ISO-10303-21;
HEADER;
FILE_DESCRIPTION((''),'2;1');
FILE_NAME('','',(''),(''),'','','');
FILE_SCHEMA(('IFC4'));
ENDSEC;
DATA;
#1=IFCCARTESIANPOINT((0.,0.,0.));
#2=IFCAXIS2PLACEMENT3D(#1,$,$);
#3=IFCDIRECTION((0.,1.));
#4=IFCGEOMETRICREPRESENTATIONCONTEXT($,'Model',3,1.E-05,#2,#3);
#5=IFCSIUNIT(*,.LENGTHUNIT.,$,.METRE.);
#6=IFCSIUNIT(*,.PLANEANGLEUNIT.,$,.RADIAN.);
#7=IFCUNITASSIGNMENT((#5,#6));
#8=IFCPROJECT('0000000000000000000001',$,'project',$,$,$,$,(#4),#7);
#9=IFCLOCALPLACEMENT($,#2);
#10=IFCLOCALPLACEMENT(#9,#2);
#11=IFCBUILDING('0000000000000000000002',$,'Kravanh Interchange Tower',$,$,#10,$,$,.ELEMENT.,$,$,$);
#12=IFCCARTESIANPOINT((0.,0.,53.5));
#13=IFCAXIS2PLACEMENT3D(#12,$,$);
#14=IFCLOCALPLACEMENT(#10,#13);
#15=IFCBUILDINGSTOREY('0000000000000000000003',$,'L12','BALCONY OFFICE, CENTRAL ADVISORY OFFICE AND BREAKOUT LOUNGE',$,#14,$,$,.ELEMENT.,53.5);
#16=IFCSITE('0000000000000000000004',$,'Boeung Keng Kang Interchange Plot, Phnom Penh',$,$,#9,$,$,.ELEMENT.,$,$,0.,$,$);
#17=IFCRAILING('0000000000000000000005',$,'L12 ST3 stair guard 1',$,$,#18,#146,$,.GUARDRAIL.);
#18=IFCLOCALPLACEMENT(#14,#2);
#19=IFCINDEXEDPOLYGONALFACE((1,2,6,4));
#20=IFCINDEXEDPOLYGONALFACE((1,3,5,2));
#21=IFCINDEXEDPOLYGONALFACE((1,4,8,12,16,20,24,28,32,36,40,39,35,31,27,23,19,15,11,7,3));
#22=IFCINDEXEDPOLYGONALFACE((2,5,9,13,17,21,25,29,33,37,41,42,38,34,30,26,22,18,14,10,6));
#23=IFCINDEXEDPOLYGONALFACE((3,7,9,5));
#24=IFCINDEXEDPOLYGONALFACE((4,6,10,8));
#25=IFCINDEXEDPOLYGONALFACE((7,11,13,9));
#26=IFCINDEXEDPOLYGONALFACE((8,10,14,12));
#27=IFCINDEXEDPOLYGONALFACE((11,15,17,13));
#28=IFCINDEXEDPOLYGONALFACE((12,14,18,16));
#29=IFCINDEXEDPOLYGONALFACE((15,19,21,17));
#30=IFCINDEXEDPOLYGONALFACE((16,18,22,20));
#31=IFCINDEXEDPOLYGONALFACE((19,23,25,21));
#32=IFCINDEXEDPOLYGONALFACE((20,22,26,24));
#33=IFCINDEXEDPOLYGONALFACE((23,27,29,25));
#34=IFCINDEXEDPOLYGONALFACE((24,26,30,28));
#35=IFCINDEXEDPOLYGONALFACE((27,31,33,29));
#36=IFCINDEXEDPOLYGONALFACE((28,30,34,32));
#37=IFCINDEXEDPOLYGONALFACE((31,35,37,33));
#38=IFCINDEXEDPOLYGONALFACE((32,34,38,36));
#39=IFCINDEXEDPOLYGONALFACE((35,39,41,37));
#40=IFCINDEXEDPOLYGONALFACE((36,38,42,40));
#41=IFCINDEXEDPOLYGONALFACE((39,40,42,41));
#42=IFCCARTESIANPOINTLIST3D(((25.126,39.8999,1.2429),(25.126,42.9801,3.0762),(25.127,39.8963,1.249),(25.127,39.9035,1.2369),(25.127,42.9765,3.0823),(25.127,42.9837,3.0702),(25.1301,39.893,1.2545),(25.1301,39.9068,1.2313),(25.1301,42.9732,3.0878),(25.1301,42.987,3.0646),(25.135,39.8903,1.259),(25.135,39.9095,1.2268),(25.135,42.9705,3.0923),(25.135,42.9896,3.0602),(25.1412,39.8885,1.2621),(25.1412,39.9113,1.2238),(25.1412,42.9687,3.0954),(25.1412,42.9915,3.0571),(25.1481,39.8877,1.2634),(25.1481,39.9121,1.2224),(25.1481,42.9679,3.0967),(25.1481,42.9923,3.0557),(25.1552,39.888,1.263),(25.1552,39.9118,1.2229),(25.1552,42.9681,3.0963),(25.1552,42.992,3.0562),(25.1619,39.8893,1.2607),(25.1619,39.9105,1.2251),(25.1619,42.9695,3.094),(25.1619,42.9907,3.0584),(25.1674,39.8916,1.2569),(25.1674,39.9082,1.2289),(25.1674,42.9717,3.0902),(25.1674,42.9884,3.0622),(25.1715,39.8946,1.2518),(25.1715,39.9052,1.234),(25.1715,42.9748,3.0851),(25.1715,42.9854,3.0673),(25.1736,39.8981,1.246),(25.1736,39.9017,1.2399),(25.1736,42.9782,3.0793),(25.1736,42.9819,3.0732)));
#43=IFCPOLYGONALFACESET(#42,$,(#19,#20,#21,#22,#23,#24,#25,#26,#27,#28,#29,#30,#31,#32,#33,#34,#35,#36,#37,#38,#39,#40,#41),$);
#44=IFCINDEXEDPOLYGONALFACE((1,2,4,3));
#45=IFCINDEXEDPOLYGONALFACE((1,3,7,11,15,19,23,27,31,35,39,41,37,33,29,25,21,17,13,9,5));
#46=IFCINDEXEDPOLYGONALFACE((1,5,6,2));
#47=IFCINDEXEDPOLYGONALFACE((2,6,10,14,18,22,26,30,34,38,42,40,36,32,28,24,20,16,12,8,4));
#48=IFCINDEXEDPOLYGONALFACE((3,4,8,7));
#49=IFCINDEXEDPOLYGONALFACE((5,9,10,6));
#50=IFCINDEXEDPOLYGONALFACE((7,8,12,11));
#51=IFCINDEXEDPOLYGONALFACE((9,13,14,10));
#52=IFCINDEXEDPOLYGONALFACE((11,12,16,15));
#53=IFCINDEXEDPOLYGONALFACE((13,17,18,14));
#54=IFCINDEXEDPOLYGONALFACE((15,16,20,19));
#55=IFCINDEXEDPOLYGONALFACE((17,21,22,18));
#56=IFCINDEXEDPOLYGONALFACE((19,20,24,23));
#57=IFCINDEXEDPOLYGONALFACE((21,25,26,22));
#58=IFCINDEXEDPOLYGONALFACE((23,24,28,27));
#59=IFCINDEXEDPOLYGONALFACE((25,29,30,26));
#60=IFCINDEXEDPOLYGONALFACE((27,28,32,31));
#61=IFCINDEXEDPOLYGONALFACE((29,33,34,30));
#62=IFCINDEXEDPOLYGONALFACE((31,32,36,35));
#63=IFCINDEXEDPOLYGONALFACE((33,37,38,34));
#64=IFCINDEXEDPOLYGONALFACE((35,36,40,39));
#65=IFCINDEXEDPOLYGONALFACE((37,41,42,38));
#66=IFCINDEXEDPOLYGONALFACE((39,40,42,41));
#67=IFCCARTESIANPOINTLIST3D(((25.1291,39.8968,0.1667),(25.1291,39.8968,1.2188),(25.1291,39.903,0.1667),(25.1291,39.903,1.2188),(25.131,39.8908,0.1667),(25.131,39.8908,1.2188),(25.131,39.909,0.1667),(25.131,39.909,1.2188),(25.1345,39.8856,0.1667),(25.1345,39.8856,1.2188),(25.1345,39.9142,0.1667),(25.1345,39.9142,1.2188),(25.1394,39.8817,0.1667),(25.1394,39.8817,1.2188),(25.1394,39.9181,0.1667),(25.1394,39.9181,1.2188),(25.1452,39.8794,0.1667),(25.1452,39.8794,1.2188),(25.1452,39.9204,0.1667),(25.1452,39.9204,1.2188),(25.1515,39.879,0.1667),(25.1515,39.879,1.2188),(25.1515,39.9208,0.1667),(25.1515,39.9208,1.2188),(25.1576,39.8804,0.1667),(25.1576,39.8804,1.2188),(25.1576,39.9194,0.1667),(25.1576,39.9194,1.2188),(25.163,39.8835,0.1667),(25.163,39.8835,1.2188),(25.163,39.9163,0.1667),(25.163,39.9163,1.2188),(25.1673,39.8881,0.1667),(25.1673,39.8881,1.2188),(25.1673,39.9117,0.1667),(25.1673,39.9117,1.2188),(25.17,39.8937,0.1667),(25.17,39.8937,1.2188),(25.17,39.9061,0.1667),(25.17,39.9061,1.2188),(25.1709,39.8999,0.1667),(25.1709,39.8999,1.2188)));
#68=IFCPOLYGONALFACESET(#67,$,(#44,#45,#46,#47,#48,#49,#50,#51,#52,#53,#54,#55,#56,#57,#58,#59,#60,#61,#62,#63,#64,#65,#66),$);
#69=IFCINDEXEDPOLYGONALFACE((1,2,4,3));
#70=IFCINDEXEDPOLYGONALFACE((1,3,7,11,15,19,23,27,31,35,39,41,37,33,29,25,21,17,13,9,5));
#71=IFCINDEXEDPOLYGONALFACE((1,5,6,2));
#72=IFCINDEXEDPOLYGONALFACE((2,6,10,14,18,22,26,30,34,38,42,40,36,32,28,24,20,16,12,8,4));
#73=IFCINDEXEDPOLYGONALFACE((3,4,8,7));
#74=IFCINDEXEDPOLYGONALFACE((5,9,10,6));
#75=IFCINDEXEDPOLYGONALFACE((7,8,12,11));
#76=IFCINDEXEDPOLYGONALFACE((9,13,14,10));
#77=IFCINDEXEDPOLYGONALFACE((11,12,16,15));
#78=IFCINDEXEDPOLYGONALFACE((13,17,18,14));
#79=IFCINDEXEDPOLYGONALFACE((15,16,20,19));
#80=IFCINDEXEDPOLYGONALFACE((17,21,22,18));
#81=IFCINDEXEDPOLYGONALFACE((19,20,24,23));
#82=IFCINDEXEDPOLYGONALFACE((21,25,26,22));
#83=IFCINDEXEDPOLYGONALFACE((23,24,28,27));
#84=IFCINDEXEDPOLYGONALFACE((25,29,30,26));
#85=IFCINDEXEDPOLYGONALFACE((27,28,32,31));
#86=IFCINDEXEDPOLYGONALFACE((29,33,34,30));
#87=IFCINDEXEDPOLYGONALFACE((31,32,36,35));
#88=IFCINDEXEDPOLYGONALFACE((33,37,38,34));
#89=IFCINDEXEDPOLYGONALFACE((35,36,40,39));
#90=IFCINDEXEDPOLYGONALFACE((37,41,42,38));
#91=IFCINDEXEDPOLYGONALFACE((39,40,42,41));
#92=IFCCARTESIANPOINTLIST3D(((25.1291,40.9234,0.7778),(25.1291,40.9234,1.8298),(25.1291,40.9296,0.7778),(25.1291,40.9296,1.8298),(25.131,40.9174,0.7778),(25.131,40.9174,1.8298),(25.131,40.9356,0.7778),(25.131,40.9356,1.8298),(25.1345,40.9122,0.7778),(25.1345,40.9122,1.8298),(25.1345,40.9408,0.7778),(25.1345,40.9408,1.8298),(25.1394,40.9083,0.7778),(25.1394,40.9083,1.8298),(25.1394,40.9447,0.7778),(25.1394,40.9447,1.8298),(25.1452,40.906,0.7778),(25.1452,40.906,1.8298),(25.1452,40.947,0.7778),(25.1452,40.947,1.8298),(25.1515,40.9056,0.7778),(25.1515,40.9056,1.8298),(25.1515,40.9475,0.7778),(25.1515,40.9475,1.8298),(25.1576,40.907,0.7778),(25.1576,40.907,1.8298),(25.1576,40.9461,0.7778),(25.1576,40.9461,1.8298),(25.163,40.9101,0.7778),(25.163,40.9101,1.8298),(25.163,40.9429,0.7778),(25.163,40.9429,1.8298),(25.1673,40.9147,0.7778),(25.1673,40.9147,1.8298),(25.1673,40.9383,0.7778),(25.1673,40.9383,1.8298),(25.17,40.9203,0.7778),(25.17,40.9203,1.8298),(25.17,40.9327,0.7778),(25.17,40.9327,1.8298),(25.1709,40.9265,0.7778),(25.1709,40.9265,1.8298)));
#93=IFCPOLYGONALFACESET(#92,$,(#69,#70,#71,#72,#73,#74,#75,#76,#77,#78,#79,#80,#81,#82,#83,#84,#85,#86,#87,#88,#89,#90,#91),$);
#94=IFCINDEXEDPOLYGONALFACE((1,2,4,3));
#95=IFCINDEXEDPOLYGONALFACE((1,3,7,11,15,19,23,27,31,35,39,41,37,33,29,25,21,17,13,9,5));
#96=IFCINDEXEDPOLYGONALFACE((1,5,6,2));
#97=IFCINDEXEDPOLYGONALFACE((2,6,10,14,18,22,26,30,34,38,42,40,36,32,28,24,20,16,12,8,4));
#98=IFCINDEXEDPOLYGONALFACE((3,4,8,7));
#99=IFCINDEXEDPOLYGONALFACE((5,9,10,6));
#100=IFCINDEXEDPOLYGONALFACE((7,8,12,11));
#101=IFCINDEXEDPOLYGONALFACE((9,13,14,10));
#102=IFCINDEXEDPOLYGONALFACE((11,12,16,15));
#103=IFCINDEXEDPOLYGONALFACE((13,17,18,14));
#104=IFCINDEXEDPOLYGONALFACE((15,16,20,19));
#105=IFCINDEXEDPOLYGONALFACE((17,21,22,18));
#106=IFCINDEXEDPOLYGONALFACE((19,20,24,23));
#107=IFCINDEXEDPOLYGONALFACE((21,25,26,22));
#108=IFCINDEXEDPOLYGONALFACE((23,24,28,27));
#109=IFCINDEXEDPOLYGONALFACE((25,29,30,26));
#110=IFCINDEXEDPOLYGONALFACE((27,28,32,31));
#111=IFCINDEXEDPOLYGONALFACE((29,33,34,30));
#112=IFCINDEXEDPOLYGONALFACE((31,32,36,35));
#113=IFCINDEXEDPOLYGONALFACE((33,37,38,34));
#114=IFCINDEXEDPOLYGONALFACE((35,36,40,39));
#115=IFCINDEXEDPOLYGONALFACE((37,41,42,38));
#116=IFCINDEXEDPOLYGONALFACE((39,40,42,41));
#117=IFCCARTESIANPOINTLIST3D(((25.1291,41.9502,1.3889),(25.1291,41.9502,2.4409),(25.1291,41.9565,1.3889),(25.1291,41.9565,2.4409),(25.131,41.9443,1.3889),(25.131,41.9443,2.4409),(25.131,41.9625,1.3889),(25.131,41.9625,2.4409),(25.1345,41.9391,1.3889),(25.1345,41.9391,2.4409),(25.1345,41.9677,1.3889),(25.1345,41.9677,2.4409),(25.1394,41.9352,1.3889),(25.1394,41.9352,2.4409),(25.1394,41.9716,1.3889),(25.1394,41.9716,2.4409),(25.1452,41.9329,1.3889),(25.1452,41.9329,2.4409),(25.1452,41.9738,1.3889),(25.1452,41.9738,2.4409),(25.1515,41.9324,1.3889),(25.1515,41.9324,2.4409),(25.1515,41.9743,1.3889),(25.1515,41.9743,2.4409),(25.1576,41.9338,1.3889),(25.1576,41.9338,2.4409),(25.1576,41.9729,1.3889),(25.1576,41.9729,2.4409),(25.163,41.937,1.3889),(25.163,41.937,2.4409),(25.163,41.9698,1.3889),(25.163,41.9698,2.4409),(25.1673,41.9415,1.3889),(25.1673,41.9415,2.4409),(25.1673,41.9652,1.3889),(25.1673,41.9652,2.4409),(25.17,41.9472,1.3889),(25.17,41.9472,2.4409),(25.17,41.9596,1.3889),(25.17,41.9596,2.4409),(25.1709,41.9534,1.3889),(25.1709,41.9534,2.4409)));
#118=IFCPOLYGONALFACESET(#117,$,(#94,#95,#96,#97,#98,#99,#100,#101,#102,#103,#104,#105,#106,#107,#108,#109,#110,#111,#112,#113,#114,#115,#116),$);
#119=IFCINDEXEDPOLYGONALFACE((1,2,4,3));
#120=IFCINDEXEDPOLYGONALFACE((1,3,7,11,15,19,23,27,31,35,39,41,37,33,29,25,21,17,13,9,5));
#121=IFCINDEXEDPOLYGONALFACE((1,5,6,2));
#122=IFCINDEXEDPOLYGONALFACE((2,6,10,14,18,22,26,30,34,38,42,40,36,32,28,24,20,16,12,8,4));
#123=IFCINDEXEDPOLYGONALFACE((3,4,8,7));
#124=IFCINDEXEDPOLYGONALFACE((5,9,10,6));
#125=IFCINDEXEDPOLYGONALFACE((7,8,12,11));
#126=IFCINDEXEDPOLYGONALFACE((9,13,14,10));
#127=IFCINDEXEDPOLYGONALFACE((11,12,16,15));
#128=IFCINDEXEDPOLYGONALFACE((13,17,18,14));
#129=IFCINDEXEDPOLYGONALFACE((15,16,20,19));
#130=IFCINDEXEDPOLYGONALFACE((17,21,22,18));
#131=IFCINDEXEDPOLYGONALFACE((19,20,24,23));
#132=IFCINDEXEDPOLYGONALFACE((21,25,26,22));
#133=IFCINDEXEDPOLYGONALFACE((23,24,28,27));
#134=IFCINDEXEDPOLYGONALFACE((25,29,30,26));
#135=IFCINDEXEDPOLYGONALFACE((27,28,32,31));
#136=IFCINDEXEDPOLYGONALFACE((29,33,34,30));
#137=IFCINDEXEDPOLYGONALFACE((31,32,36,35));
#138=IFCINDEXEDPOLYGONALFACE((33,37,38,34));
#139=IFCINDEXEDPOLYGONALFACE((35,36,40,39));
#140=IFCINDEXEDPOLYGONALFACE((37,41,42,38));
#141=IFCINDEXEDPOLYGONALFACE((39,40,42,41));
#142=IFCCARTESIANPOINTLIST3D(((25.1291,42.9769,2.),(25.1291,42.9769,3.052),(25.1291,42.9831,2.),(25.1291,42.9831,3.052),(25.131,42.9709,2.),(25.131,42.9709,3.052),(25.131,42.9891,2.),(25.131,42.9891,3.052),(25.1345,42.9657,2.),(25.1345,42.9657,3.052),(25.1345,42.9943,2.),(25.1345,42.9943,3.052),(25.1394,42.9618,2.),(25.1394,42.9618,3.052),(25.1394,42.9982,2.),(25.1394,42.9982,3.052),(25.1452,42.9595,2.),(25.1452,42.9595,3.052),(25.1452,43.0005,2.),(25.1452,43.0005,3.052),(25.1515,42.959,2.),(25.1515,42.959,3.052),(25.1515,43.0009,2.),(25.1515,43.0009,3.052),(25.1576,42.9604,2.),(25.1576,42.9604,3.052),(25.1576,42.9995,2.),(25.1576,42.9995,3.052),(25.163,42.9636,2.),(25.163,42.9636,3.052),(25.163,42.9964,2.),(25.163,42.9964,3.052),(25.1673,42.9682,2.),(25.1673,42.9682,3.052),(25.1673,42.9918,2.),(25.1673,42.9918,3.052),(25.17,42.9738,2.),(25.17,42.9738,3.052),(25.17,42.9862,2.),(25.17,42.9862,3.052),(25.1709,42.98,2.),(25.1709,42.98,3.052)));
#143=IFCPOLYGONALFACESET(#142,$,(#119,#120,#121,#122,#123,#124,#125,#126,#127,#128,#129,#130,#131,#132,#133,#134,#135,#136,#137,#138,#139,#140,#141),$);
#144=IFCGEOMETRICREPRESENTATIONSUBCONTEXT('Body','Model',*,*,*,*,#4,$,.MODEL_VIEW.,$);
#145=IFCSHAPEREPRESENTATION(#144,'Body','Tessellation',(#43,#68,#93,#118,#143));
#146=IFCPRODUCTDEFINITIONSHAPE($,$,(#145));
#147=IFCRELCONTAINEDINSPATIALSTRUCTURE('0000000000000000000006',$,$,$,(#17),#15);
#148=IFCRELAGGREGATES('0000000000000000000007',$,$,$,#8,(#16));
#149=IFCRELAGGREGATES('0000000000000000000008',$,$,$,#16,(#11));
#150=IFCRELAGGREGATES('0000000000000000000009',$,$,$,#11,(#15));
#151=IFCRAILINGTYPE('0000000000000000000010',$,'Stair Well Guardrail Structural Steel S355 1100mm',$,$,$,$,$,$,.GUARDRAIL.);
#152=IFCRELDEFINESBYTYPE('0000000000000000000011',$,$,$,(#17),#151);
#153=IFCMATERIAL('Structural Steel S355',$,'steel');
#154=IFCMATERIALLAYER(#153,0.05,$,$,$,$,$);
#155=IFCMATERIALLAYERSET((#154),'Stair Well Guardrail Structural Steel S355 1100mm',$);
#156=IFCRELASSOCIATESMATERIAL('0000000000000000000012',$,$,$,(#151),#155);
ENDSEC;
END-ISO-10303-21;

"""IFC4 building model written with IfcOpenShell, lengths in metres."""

from ifc_helpers import new_model, si_unit, direction, frame, origin, origin_2d, place, context, subcontext, project, spatial, circle, extrude, material, layer, layer_set, type_object, element, save


model = new_model("IFC4")

# Units and contexts
model_context = context("Model", 3, precision=1e-05, world=origin(), true_north=direction((0.0, 1.0)))
body_context = subcontext(model_context, "Body", "Model", "MODEL_VIEW")
ifc_project = project(units=[si_unit("LENGTHUNIT", "METRE"), si_unit("PLANEANGLEUNIT", "RADIAN")], contexts=[model_context])

# Site, building, storey
site_placement = place(None, origin())
site = spatial("IfcSite", under=ifc_project, at=site_placement, Name="Boeung Keng Kang Interchange Plot, Phnom Penh", CompositionType="ELEMENT", RefElevation=0.0)
building_placement = place(site_placement, origin())
building = spatial("IfcBuilding", under=site, at=building_placement, Name="Kravanh Interchange Tower", CompositionType="ELEMENT")
storey_placement = place(building_placement, frame((0.0, 0.0, 53.5)))
storey = spatial("IfcBuildingStorey", under=building, at=storey_placement, Name="L12", Description="BALCONY OFFICE, CENTRAL ADVISORY OFFICE AND BREAKOUT LOUNGE", CompositionType="ELEMENT", Elevation=53.5)

# Railing
ifc_material_1 = material(Name="Structural Steel S355", Category="steel")
ifc_layer_1 = layer(ifc_material_1, 0.05)
ifc_layer_set_1 = layer_set([ifc_layer_1], Name="Stair Well Guardrail Structural Steel S355 1100mm")
railing_type_1 = type_object("IfcRailingType", Name="Stair Well Guardrail Structural Steel S355 1100mm", PredefinedType="GUARDRAIL", material=ifc_layer_set_1)
railing_1_placement = place(storey_placement, frame((25.1499, 39.8999, 0.1667)))
element("IfcRailing", 1, at=railing_1_placement, inside=storey, type_object=railing_type_1, Name="L12 ST3 stair guard 1", PredefinedType="GUARDRAIL", context=body_context, shape_type="SweptSolid", body=[
    extrude(circle(Radius=0.0239, at=origin_2d()), frame((0.0, 0.0, 1.0762), z_axis=(0.0, 0.859309, 0.511458), x_axis=(-1.0, 0.0, 0.0)), (0.0, 0.0, 1.0), 3.5845),
    extrude(circle(Radius=0.021, at=origin_2d()), origin(), (0.0, 0.0, 1.0), 1.052),
    extrude(circle(Radius=0.021, at=origin_2d()), frame((0.0, 1.0266, 0.6111)), (0.0, 0.0, 1.0), 1.052),
    extrude(circle(Radius=0.021, at=origin_2d()), frame((0.0, 2.0535, 1.2222)), (0.0, 0.0, 1.0), 1.052),
    extrude(circle(Radius=0.021, at=origin_2d()), frame((0.0, 3.0801, 1.8333)), (0.0, 0.0, 1.0), 1.052),
])

save(model, "model.ifc")
